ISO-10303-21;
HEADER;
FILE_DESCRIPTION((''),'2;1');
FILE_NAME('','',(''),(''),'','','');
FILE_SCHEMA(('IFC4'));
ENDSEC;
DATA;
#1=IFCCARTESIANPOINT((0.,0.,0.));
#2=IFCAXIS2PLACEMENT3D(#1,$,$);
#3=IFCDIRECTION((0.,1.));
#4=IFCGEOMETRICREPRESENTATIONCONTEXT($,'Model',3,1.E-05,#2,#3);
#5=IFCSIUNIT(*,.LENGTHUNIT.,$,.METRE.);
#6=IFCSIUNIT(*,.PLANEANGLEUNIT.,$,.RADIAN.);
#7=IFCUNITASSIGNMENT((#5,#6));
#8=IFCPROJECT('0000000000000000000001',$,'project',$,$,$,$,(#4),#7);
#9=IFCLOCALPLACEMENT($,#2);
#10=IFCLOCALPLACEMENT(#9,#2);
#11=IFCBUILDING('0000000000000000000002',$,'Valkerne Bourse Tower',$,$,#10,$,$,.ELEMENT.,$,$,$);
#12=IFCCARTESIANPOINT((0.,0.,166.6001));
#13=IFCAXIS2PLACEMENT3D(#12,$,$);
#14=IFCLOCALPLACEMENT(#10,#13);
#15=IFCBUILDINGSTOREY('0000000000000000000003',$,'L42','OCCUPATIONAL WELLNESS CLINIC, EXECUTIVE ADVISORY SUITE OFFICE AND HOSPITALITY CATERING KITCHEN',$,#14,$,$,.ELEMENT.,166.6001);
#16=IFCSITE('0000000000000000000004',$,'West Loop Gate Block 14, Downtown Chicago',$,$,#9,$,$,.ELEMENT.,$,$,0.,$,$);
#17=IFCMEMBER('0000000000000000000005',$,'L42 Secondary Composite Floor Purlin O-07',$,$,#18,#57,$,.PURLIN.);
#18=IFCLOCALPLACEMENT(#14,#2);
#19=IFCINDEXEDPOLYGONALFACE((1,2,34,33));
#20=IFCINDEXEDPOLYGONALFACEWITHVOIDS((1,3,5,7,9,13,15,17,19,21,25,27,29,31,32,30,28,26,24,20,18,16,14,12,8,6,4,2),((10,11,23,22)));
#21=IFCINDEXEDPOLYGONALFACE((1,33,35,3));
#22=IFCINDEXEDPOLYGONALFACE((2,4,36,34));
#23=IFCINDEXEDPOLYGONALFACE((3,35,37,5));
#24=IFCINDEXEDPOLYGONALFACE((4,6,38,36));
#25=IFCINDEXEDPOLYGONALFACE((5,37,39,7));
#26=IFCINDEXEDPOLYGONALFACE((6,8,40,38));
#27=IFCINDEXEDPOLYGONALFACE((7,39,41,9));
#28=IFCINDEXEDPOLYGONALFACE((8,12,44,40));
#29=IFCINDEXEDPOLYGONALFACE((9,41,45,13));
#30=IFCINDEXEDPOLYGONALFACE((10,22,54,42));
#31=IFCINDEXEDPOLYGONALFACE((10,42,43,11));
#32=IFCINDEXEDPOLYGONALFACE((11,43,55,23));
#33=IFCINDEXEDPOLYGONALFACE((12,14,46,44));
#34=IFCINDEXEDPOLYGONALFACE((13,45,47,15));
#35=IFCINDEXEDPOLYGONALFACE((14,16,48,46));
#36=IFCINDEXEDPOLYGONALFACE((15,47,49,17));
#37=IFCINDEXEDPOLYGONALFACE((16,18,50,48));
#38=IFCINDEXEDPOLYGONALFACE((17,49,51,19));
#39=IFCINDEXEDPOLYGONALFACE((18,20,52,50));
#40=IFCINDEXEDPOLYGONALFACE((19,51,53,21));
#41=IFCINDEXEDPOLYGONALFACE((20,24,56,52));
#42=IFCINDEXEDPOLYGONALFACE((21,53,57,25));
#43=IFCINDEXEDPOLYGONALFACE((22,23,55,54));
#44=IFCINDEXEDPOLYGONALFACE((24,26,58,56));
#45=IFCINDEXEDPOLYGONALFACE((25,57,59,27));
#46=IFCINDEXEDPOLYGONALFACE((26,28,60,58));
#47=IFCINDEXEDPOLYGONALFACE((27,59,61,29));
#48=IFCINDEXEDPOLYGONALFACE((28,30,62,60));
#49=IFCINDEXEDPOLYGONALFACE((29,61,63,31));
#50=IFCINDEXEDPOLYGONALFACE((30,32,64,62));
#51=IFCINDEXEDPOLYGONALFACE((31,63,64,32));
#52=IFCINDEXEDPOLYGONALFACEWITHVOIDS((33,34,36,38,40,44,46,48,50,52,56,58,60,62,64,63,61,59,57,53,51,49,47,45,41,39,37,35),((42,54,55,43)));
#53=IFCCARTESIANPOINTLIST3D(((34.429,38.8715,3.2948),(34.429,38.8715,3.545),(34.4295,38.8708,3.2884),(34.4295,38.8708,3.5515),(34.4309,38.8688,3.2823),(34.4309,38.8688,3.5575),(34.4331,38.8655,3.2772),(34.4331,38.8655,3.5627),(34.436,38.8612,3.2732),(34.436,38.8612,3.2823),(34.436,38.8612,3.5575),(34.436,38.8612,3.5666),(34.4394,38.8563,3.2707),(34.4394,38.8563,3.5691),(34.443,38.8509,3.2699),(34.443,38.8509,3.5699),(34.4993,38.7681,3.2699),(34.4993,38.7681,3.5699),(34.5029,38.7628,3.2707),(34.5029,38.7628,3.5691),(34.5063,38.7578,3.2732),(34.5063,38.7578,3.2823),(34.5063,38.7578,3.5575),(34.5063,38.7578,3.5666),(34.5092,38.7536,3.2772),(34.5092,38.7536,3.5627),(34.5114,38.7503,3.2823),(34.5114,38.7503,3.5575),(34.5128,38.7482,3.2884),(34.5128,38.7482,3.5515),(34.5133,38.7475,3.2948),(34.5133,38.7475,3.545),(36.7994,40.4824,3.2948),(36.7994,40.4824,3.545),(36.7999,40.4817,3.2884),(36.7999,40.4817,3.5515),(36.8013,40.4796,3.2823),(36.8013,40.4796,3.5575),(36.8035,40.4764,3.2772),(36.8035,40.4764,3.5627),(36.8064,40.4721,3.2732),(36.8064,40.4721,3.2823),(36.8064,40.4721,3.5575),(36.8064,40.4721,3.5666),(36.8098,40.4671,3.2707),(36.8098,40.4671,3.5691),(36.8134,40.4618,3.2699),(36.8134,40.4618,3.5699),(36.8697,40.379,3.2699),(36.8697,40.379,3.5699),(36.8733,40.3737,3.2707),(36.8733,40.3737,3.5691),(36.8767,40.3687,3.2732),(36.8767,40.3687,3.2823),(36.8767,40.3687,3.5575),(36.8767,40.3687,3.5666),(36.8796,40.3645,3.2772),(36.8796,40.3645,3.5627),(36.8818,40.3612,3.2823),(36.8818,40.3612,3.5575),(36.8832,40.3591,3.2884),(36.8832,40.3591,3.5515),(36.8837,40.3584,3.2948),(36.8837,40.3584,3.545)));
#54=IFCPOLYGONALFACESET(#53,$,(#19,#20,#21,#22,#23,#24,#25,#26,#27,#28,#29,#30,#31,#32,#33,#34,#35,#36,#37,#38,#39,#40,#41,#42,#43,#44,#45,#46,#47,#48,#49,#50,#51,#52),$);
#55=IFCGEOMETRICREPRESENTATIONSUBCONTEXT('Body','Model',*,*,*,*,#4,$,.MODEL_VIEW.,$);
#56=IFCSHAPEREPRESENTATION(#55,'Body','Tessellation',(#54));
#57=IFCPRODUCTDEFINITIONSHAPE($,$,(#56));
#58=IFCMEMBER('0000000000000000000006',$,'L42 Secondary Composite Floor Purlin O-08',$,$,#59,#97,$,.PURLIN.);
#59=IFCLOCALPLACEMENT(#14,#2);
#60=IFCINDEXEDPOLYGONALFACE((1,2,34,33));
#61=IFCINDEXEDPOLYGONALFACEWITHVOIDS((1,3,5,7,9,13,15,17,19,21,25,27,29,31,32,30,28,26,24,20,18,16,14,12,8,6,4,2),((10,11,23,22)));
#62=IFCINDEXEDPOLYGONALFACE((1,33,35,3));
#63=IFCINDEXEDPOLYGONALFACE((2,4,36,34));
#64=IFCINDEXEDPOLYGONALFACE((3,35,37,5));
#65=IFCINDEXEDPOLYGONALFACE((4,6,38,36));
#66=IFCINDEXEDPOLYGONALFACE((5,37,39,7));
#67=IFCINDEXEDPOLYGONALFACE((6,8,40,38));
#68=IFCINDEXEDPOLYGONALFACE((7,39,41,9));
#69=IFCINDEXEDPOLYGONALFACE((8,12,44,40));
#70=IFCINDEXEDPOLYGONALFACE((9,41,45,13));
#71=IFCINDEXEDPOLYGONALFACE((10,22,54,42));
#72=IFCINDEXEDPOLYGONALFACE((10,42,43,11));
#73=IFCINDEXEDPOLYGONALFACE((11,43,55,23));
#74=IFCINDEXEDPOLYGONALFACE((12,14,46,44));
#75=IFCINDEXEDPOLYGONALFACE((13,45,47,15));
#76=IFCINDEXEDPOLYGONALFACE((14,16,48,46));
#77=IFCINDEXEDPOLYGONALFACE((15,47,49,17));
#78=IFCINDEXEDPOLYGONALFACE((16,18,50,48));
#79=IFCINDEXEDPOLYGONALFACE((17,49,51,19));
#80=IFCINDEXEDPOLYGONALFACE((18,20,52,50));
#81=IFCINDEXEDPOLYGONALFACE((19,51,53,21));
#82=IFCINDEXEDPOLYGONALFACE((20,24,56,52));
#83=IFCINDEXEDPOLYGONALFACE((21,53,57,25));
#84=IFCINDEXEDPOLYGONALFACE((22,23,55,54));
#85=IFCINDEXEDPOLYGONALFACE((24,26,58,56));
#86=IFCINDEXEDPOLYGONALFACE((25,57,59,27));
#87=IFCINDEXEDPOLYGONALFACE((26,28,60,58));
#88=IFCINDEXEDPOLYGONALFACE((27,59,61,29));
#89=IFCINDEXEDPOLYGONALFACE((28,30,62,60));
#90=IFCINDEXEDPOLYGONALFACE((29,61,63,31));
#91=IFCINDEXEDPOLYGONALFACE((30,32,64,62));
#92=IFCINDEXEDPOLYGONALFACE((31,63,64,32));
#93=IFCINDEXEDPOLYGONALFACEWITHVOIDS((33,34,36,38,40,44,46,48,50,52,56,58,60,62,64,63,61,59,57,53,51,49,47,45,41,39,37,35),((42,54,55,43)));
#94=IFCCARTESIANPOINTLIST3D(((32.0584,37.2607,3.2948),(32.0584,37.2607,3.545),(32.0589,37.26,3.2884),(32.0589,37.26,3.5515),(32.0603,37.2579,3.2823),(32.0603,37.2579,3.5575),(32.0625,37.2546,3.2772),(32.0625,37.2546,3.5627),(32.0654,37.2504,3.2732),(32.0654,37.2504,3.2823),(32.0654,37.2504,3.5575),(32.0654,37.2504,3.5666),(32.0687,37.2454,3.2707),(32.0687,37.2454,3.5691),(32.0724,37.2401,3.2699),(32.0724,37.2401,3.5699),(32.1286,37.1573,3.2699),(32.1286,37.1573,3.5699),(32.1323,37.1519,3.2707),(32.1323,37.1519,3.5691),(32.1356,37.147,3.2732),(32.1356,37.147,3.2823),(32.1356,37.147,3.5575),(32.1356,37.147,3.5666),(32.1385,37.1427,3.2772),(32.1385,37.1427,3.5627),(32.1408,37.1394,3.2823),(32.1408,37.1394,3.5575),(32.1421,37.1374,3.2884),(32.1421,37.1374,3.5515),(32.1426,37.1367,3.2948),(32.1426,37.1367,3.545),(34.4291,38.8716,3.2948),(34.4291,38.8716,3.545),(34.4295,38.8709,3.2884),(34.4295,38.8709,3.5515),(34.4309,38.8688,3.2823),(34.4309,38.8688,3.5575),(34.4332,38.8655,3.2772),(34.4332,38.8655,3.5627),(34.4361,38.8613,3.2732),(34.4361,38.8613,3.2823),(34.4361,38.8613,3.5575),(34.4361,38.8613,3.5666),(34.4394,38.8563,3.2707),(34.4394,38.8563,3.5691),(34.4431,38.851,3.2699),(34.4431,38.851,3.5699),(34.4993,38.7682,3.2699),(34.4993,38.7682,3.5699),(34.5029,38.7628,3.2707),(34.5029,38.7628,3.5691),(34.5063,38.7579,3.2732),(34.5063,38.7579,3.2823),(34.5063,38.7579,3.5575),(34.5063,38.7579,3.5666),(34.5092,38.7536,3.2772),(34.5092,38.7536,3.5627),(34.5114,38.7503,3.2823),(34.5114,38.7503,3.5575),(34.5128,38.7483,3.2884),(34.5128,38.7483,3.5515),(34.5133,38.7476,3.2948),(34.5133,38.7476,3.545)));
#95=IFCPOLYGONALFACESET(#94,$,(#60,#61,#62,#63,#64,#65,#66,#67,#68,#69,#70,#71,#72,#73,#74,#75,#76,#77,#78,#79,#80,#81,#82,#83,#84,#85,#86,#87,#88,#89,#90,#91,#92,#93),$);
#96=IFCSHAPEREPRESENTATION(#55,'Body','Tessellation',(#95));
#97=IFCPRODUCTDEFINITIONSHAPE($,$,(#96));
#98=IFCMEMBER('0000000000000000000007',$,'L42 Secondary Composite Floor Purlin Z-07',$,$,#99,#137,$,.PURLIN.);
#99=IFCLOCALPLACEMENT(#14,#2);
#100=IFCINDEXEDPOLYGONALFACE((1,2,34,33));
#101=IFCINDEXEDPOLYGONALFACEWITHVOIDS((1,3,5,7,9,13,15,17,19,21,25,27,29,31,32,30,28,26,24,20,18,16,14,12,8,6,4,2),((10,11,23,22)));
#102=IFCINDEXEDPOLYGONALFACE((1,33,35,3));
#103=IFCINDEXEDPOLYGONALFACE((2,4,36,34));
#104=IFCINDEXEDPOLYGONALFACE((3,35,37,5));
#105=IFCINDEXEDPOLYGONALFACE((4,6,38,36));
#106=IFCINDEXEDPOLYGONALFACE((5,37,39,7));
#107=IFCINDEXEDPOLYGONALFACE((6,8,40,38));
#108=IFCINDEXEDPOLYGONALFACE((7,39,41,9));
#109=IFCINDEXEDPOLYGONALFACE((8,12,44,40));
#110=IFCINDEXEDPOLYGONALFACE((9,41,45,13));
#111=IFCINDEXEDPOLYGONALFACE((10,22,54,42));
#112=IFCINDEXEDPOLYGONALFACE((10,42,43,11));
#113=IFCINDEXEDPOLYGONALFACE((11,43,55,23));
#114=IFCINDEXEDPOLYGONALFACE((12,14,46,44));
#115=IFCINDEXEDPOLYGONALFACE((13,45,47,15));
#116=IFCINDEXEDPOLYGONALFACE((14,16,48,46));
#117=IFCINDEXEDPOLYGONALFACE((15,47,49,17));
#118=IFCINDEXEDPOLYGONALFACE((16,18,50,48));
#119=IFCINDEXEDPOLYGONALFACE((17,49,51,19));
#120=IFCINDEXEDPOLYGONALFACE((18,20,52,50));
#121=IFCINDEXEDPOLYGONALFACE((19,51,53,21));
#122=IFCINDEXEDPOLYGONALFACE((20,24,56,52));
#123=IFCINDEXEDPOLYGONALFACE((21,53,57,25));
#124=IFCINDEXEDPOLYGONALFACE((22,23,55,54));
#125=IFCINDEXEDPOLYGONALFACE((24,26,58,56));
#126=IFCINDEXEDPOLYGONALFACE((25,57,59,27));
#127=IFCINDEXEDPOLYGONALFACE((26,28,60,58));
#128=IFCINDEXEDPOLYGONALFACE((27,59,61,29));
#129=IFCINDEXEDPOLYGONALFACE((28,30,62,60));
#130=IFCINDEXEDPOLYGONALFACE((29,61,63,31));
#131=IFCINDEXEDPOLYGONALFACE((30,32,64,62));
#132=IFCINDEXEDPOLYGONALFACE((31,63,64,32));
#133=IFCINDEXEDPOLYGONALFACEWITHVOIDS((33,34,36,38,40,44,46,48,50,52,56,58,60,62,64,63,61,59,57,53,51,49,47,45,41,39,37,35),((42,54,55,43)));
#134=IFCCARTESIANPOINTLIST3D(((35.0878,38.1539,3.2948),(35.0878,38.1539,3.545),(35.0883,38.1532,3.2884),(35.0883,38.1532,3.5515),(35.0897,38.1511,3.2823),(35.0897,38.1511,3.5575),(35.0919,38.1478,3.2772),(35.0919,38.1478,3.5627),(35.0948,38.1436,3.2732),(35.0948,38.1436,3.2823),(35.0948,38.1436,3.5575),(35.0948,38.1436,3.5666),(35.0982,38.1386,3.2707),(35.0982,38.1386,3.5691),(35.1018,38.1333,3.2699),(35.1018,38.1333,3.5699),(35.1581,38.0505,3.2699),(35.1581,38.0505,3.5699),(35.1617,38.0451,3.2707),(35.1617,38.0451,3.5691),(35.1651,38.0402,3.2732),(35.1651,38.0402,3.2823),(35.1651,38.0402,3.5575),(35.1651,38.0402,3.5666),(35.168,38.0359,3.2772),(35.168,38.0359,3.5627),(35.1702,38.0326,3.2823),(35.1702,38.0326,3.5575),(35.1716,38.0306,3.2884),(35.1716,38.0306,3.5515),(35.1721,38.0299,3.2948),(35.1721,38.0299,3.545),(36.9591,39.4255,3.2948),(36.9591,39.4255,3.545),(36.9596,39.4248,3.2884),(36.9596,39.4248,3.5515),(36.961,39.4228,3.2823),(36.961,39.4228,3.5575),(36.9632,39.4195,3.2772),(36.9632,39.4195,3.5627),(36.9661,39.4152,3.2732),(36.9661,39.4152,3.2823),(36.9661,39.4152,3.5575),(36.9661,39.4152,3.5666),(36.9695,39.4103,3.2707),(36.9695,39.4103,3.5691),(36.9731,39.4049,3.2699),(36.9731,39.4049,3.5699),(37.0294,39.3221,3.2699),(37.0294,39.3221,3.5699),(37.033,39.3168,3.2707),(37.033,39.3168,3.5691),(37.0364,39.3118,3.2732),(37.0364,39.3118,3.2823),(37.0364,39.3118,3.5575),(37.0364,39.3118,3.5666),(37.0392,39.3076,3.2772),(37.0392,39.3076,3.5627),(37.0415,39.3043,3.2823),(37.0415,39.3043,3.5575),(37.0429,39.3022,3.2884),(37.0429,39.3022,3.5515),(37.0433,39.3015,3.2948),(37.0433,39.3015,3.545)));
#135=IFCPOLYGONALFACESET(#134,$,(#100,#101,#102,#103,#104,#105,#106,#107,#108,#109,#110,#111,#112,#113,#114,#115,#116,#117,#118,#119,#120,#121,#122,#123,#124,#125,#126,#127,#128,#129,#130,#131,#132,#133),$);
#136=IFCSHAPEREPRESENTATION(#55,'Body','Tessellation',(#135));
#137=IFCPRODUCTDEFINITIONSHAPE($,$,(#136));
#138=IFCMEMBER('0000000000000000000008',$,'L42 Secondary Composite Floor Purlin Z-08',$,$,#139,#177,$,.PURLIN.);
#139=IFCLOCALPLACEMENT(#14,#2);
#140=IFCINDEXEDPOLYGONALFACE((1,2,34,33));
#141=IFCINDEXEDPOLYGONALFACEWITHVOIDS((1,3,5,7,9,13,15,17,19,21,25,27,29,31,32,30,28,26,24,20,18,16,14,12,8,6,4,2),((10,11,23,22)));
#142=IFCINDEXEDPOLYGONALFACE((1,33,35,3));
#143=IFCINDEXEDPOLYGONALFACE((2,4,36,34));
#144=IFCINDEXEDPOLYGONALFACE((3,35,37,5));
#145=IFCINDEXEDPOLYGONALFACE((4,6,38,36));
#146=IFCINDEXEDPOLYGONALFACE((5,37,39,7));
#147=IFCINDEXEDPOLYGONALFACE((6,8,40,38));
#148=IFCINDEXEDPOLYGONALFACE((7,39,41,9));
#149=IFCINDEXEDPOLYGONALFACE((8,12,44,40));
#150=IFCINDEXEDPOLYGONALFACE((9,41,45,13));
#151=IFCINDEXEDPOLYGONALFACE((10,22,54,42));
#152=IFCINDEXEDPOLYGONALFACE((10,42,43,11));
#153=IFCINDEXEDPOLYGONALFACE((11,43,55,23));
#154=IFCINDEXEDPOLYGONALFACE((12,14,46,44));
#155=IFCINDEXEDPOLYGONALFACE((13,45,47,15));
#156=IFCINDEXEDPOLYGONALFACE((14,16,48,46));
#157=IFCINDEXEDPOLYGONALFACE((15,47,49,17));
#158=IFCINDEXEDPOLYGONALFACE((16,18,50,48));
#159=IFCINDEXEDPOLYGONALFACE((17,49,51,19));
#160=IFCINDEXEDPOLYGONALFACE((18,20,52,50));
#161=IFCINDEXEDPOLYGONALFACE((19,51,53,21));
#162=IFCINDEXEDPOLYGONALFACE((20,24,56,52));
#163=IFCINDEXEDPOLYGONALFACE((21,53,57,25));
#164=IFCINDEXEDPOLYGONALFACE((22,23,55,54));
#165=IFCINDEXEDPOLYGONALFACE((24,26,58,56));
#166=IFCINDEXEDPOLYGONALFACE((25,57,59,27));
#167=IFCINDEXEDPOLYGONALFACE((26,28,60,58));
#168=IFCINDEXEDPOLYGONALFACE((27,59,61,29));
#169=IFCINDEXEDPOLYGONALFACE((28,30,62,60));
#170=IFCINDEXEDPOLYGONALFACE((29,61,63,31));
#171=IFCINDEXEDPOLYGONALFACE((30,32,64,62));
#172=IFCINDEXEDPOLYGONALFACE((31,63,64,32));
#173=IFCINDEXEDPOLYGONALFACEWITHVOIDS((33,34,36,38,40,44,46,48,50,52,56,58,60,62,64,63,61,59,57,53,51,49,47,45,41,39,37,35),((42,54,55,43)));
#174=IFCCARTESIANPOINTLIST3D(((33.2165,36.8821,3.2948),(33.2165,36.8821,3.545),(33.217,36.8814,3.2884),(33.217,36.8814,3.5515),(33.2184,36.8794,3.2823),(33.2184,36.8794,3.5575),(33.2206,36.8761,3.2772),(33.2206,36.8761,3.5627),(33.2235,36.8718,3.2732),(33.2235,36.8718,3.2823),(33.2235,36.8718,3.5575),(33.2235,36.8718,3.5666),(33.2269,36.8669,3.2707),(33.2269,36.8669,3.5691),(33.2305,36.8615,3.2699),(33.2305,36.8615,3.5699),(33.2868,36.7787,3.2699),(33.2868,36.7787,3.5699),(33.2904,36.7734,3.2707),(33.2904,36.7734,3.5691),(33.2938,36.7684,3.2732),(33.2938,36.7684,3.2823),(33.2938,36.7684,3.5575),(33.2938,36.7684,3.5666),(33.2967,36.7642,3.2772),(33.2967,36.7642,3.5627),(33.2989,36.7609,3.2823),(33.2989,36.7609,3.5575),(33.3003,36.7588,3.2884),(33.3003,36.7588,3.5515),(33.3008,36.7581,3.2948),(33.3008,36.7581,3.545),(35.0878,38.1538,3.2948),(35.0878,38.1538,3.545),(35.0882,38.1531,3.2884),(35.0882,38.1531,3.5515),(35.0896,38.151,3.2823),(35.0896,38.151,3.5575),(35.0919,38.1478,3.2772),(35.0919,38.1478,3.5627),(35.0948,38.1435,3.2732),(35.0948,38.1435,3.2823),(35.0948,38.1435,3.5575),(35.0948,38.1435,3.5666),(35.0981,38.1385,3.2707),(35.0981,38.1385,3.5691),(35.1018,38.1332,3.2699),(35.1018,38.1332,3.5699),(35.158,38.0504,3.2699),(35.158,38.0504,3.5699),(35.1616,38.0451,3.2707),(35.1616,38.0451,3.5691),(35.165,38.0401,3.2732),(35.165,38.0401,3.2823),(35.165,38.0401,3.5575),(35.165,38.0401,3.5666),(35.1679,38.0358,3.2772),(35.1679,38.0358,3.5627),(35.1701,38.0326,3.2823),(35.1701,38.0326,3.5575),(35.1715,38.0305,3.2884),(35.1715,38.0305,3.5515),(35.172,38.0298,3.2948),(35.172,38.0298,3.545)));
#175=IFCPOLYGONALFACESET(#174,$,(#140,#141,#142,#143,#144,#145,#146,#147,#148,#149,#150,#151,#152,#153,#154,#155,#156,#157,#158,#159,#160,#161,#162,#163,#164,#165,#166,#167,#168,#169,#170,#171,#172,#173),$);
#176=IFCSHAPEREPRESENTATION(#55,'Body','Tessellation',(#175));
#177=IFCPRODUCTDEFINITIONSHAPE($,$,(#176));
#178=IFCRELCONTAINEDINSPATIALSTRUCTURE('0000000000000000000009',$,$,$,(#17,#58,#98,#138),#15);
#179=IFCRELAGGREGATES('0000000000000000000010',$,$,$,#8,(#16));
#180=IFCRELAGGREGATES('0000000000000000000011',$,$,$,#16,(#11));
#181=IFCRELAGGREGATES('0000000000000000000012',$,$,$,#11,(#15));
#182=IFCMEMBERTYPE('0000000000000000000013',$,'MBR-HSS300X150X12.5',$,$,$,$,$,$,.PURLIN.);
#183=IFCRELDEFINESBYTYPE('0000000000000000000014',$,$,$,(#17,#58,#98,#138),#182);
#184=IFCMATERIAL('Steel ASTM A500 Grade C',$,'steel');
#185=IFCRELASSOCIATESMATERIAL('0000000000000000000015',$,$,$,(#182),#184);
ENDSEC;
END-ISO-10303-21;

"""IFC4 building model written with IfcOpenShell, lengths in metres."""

from ifc_helpers import new_model, si_unit, direction, frame, origin, origin_2d, place, context, subcontext, project, spatial, hollow_rectangle, extrude, material, material_profile, profile_set, type_object, element, save


model = new_model("IFC4")

# Units and contexts
model_context = context("Model", 3, precision=1e-05, world=origin(), true_north=direction((0.0, 1.0)))
body_context = subcontext(model_context, "Body", "Model", "MODEL_VIEW")
ifc_project = project(units=[si_unit("LENGTHUNIT", "METRE"), si_unit("PLANEANGLEUNIT", "RADIAN")], contexts=[model_context])

# Site, building, storey
site_placement = place(None, origin())
site = spatial("IfcSite", under=ifc_project, at=site_placement, Name="West Loop Gate Block 14, Downtown Chicago", CompositionType="ELEMENT", RefElevation=0.0)
building_placement = place(site_placement, origin())
building = spatial("IfcBuilding", under=site, at=building_placement, Name="Valkerne Bourse Tower", CompositionType="ELEMENT")
storey_placement = place(building_placement, frame((0.0, 0.0, 166.6001)))
storey = spatial("IfcBuildingStorey", under=building, at=storey_placement, Name="L42", Description="OCCUPATIONAL WELLNESS CLINIC, EXECUTIVE ADVISORY SUITE OFFICE AND HOSPITALITY CATERING KITCHEN", CompositionType="ELEMENT", Elevation=166.6001)

# Members
ifc_material_1 = material(Name="Steel ASTM A500 Grade C", Category="steel")
ifc_material_profile_1 = material_profile(ifc_material_1, hollow_rectangle(XDim=0.1499, YDim=0.3, WallThickness=0.0125, OuterFilletRadius=0.0249, at=origin_2d()), Name="HSS300X150X12.5")
ifc_profile_set_1 = profile_set([ifc_material_profile_1], Name="Steel ASTM A500 Grade C")
member_type_1 = type_object("IfcMemberType", Name="MBR-HSS300X150X12.5", PredefinedType="PURLIN", material=ifc_profile_set_1)
member_1_placement = place(storey_placement, frame((36.8416, 40.4204, 3.4199), z_axis=(-0.82709, -0.56207, 0.0), x_axis=(0.56207, -0.82709, 0.0)))
element("IfcMember", 1, at=member_1_placement, inside=storey, type_object=member_type_1, Name="L42 Secondary Composite Floor Purlin O-07", PredefinedType="PURLIN", context=body_context, shape_type="SweptSolid", body=[
    extrude(hollow_rectangle(XDim=0.1499, YDim=0.3, WallThickness=0.0125, OuterFilletRadius=0.0249, at=origin_2d()), origin(), (0.0, 0.0, 1.0), 2.866),
])
member_2_placement = place(storey_placement, frame((34.4712, 38.8096, 3.4199), z_axis=(-0.827117, -0.56203, 0.0), x_axis=(0.56203, -0.827117, 0.0)))
element("IfcMember", 2, at=member_2_placement, inside=storey, type_object=member_type_1, Name="L42 Secondary Composite Floor Purlin O-08", PredefinedType="PURLIN", context=body_context, shape_type="SweptSolid", body=[
    extrude(hollow_rectangle(XDim=0.1499, YDim=0.3, WallThickness=0.0125, OuterFilletRadius=0.0249, at=origin_2d()), origin(), (0.0, 0.0, 1.0), 2.8662),
])
for number, where, z_axis, x_axis, name in (
    (3, (37.0012, 39.3635, 3.4199), (-0.827087, -0.562074, 0.0), (0.562074, -0.827087, 0.0), "L42 Secondary Composite Floor Purlin Z-07"),
    (4, (35.1299, 38.0918, 3.4199), (-0.827087, -0.562074, 0.0), (0.562074, -0.827087, 0.0), "L42 Secondary Composite Floor Purlin Z-08"),
):
    element("IfcMember", number, at=place(storey_placement, frame(where, z_axis=z_axis, x_axis=x_axis)), inside=storey, type_object=member_type_1, Name=name, PredefinedType="PURLIN", context=body_context, shape_type="SweptSolid", body=[
        extrude(hollow_rectangle(XDim=0.1499, YDim=0.3, WallThickness=0.0125, OuterFilletRadius=0.0249, at=origin_2d()), origin(), (0.0, 0.0, 1.0), 2.2625),
    ])

save(model, "model.ifc")
